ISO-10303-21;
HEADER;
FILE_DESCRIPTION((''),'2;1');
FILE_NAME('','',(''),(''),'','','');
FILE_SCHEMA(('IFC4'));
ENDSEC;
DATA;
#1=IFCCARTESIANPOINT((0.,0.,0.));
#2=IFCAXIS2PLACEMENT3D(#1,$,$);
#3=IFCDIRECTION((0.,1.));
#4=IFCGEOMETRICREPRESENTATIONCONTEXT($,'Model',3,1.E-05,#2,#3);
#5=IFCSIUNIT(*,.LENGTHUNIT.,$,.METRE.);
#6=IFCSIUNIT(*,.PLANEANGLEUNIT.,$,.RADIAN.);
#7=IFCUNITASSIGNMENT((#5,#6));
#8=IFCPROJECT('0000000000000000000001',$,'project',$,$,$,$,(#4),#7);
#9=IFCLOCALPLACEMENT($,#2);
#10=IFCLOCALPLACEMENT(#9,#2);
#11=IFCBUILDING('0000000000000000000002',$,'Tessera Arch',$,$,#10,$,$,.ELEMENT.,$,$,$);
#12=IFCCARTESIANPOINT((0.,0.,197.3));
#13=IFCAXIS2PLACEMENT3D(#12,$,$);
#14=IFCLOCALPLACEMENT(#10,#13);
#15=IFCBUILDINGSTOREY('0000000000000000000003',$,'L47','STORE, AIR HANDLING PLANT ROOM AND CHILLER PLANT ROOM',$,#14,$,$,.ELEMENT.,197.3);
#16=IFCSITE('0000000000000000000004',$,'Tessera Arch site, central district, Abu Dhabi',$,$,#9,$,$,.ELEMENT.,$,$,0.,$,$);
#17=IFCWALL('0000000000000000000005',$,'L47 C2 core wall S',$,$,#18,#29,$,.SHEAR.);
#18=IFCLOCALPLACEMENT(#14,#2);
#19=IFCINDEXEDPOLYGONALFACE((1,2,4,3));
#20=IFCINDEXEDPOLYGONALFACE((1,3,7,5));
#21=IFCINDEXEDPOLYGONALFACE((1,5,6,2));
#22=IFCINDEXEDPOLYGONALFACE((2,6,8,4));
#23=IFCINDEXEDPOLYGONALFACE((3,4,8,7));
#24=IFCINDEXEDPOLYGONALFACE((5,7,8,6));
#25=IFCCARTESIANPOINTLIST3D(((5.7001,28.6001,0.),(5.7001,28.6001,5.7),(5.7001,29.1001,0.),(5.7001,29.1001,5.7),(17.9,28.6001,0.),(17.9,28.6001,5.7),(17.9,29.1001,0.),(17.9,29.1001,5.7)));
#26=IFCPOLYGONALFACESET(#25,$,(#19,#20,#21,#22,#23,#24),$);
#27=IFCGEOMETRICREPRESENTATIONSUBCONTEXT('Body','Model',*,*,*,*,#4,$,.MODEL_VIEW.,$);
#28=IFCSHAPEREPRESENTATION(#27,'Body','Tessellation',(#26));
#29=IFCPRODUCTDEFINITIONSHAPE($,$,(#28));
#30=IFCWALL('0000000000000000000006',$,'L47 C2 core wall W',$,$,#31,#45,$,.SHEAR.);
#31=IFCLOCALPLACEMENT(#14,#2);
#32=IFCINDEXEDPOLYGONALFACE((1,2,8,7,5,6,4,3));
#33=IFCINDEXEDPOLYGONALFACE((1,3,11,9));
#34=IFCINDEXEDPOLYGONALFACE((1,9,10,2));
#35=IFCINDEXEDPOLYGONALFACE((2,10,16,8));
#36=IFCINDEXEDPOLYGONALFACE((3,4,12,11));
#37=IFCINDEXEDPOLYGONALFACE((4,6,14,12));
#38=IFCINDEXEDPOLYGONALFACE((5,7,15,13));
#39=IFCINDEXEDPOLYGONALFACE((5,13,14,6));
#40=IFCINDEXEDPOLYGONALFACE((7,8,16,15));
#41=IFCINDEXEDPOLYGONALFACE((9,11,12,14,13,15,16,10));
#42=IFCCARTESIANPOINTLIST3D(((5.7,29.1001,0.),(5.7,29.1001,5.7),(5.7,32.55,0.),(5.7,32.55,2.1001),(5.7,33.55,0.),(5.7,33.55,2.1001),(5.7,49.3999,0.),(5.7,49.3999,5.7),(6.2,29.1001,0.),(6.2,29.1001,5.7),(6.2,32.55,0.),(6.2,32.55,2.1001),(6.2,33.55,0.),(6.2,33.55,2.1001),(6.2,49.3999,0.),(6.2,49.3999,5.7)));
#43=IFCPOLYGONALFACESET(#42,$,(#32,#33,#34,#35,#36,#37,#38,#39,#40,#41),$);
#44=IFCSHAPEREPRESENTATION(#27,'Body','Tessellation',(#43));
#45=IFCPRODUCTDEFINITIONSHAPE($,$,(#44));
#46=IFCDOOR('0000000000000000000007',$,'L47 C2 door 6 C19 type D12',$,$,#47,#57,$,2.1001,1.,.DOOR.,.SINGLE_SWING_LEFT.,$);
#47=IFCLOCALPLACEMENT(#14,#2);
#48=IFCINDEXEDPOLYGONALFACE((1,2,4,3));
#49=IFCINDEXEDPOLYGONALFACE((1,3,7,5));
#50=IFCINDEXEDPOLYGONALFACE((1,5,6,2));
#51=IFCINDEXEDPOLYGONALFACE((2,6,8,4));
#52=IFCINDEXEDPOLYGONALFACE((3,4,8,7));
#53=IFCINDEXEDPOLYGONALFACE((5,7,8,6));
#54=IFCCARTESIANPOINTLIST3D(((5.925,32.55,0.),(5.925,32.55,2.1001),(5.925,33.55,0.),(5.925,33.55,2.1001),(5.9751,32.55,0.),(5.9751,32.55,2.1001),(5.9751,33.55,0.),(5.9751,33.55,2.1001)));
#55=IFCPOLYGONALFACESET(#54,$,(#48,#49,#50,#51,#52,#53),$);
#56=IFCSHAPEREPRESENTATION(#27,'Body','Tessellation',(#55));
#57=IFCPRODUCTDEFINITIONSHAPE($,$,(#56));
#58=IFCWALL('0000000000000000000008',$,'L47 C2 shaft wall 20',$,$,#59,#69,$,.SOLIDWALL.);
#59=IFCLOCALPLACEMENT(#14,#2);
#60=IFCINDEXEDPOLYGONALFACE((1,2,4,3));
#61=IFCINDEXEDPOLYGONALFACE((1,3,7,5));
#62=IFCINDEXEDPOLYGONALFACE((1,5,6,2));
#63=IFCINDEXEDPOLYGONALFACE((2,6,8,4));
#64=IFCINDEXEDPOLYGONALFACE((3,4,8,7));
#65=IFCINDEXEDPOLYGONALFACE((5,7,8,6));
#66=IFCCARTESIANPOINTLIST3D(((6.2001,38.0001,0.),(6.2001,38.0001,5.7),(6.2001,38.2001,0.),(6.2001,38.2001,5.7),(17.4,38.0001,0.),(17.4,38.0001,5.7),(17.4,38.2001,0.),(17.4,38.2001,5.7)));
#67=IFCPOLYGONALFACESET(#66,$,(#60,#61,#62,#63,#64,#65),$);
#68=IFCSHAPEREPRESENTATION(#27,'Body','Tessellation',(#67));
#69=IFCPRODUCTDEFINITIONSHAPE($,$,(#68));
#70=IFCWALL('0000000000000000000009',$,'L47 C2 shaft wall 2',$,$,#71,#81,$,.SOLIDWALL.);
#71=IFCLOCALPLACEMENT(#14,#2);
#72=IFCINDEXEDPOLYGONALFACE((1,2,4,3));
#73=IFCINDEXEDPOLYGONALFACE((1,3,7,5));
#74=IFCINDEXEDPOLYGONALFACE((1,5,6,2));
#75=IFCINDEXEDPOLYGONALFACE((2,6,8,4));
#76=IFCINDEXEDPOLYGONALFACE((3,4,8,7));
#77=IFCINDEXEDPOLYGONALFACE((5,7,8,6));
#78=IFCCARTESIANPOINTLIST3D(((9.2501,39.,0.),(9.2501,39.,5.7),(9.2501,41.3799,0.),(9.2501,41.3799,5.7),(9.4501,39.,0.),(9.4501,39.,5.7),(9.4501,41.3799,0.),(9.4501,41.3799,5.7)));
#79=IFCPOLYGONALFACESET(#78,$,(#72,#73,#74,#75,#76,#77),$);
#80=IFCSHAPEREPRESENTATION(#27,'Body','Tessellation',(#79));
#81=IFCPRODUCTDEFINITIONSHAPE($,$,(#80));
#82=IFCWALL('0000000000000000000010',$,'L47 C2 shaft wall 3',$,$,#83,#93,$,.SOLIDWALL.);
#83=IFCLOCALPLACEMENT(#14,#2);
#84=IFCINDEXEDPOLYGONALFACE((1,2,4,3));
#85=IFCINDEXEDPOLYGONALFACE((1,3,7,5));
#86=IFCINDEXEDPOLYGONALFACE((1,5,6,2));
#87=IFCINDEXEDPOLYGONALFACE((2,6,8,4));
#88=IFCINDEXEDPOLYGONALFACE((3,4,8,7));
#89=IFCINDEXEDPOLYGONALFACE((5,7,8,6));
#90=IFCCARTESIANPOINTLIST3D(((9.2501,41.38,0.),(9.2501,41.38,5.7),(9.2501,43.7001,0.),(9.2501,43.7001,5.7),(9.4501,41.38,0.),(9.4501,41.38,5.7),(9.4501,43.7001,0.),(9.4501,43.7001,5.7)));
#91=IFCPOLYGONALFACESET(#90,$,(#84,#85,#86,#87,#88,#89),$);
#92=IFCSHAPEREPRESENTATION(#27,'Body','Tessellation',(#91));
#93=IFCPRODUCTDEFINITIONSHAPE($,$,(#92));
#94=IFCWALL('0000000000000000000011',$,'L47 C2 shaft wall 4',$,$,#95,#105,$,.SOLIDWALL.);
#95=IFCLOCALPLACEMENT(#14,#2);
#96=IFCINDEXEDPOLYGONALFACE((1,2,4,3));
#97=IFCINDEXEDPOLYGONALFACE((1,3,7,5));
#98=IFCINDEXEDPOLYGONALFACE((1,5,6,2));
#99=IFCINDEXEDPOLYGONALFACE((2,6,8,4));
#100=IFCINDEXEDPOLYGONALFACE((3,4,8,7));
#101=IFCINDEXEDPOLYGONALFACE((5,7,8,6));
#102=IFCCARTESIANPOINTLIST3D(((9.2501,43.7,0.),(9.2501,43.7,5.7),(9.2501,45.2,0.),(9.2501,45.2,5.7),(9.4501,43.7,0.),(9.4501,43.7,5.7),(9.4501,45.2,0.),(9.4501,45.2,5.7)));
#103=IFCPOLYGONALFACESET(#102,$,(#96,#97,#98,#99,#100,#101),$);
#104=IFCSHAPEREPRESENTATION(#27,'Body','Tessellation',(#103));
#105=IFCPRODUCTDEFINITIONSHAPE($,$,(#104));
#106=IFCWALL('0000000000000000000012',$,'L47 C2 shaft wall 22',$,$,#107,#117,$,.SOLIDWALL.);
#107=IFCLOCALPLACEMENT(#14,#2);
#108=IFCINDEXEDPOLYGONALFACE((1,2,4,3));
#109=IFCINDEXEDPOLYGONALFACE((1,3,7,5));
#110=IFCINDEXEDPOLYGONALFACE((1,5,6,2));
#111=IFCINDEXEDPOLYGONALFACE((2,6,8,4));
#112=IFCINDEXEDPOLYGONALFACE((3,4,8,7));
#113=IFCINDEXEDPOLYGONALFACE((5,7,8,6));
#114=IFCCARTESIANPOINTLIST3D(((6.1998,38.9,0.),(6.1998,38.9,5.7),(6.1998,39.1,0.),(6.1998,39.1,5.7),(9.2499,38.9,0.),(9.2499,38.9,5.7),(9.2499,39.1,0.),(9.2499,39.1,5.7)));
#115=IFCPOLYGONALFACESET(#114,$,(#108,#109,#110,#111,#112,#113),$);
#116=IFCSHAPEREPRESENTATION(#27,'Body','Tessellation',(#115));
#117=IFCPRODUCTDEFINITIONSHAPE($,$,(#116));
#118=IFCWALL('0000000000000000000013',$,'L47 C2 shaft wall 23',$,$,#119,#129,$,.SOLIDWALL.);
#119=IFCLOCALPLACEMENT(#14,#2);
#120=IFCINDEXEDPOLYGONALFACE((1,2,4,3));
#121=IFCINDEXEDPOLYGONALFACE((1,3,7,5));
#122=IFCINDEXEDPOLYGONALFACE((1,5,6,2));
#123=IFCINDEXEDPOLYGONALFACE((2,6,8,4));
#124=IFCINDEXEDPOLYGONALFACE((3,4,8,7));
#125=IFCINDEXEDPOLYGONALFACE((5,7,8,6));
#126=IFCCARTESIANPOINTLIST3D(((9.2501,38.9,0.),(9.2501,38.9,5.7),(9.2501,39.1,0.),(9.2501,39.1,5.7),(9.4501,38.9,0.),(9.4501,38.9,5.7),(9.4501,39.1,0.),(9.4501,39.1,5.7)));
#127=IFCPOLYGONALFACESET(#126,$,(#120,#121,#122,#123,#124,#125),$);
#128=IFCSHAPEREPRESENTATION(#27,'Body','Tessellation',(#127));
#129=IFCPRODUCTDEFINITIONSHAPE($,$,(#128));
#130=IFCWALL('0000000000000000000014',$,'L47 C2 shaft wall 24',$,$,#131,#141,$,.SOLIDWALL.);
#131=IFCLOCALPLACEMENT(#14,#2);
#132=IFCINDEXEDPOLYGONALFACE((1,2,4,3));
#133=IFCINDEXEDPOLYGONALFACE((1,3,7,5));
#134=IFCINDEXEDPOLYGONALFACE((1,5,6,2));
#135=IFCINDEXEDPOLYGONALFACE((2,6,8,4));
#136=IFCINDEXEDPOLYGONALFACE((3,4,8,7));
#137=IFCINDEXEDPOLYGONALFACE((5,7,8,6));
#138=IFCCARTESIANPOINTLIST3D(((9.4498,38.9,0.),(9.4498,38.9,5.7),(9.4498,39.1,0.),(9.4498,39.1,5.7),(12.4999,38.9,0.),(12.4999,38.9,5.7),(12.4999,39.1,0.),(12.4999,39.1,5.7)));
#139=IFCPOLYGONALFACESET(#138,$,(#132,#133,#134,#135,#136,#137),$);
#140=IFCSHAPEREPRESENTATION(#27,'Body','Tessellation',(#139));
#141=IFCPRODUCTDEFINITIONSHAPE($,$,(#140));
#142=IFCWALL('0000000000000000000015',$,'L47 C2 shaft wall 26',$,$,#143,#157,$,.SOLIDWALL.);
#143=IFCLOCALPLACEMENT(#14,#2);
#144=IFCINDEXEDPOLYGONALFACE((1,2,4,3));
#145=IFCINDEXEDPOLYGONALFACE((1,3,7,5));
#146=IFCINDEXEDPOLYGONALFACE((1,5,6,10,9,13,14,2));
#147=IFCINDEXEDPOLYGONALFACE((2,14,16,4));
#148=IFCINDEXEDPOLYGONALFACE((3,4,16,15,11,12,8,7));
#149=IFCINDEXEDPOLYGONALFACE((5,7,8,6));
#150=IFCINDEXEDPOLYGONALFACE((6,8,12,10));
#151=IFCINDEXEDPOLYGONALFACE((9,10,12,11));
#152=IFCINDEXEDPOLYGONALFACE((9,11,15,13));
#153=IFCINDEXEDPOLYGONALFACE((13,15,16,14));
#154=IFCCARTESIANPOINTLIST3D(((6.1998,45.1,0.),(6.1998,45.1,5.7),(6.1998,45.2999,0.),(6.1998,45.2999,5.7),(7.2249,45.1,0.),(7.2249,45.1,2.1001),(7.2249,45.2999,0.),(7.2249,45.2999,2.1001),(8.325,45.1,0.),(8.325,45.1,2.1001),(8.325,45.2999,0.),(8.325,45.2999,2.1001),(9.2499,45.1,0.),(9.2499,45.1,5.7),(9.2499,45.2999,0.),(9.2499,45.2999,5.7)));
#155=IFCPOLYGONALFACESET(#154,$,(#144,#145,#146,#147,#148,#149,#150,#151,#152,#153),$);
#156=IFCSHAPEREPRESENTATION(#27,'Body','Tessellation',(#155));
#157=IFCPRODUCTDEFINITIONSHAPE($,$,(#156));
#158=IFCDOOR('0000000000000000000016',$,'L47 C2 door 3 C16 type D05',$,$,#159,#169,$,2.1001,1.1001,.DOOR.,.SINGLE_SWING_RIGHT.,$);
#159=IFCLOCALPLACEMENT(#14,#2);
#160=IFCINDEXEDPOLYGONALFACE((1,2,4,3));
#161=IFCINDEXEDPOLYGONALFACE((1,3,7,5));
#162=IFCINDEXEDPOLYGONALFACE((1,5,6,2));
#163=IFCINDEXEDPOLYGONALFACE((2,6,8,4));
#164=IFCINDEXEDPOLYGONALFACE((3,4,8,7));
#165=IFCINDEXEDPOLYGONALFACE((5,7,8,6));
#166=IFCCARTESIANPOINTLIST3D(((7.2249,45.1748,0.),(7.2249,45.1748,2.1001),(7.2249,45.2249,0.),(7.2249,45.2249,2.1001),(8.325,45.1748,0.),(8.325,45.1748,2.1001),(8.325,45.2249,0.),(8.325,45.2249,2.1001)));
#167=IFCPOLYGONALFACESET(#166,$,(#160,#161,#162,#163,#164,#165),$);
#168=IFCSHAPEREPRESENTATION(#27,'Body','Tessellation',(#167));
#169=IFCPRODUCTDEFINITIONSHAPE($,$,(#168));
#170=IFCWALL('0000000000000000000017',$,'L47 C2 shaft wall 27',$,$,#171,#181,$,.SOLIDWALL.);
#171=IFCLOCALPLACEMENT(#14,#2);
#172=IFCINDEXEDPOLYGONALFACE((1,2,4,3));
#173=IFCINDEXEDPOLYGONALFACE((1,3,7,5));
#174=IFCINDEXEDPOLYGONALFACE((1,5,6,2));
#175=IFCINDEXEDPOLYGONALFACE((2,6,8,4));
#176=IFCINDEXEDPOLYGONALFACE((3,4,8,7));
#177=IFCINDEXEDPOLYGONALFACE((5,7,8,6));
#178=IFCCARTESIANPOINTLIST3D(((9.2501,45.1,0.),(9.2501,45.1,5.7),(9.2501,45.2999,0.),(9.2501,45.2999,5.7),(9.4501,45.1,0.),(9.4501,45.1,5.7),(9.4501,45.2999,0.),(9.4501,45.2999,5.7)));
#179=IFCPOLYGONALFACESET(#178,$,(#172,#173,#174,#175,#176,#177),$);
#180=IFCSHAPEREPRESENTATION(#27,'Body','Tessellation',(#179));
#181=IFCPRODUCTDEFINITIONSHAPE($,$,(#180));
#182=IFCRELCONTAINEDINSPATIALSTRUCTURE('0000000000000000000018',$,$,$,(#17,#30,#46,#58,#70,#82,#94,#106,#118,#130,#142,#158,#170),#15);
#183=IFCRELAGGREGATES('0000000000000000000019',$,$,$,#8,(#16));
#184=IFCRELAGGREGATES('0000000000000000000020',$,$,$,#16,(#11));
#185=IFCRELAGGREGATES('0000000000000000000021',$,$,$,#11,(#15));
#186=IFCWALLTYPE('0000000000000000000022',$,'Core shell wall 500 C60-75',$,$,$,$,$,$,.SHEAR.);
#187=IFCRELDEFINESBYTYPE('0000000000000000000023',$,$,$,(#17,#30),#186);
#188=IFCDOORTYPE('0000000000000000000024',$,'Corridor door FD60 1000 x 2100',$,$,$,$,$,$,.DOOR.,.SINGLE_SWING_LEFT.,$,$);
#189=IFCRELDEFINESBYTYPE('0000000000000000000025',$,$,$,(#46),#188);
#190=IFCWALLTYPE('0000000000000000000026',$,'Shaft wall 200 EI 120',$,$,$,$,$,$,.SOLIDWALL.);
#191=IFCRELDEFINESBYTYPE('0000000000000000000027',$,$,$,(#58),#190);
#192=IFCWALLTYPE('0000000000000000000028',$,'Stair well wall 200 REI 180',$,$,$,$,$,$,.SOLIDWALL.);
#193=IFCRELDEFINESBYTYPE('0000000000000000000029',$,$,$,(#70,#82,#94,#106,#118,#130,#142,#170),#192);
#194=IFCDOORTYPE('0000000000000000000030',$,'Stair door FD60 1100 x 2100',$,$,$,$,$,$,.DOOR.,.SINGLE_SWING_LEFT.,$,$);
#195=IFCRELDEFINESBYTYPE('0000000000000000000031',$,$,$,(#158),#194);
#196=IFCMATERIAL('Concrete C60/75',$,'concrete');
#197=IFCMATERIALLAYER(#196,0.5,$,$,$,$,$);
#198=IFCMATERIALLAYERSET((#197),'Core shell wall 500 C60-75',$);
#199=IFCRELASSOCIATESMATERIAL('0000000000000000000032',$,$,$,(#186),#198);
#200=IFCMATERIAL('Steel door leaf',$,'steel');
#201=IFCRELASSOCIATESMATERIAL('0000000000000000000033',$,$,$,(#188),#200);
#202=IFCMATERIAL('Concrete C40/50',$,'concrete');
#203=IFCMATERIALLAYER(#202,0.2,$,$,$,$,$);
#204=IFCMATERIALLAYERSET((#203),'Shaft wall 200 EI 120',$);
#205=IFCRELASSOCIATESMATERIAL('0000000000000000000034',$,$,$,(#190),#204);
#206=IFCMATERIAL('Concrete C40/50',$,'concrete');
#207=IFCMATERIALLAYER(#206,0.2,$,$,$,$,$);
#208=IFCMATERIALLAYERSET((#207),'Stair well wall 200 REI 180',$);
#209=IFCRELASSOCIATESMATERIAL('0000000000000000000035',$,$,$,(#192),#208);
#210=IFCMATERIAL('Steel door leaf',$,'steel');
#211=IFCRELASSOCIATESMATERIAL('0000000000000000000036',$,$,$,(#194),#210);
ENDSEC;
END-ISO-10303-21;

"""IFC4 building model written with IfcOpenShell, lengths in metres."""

from ifc_helpers import new_model, si_unit, direction, frame, frame_2d, origin, place, context, subcontext, project, spatial, rectangle, extrude, material, layer, layer_set, type_object, element, fill, save


model = new_model("IFC4")

# Units and contexts
model_context = context("Model", 3, precision=1e-05, world=origin(), true_north=direction((0.0, 1.0)))
body_context = subcontext(model_context, "Body", "Model", "MODEL_VIEW")
ifc_project = project(units=[si_unit("LENGTHUNIT", "METRE"), si_unit("PLANEANGLEUNIT", "RADIAN")], contexts=[model_context])

# Site, building, storey
site_placement = place(None, origin())
site = spatial("IfcSite", under=ifc_project, at=site_placement, Name="Tessera Arch site, central district, Abu Dhabi", CompositionType="ELEMENT", RefElevation=0.0)
building_placement = place(site_placement, origin())
building = spatial("IfcBuilding", under=site, at=building_placement, Name="Tessera Arch", CompositionType="ELEMENT")
storey_placement = place(building_placement, frame((0.0, 0.0, 197.3)))
storey = spatial("IfcBuildingStorey", under=building, at=storey_placement, Name="L47", Description="STORE, AIR HANDLING PLANT ROOM AND CHILLER PLANT ROOM", CompositionType="ELEMENT", Elevation=197.3)

# Wall
ifc_material_1 = material(Name="Concrete C60/75", Category="concrete")
ifc_layer_1 = layer(ifc_material_1, 0.5)
ifc_layer_set_1 = layer_set([ifc_layer_1], Name="Core shell wall 500 C60-75")
wall_type_1 = type_object("IfcWallType", Name="Core shell wall 500 C60-75", PredefinedType="SHEAR", material=ifc_layer_set_1)
wall_1_placement = place(storey_placement, frame((5.7, 28.8501, 0.0), z_axis=(0.0, 0.0, 1.0), x_axis=(1.0, 0.0, 0.0)))
element("IfcWall", 1, at=wall_1_placement, inside=storey, type_object=wall_type_1, Name="L47 C2 core wall S", PredefinedType="SHEAR", context=body_context, shape_type="SweptSolid", body=[
    extrude(rectangle(XDim=12.2, YDim=0.5, at=frame_2d((6.1001, 0.0))), origin(), (0.0, 0.0, 1.0), 5.7),
])

# Wall, opening, door
wall_2_placement = place(storey_placement, frame((5.95, 29.1001, 0.0), z_axis=(0.0, 0.0, 1.0), x_axis=(0.0, 1.0, 0.0)))
wall_2 = element("IfcWall", 2, at=wall_2_placement, inside=storey, type_object=wall_type_1, Name="L47 C2 core wall W", PredefinedType="SHEAR", context=body_context, shape_type="SweptSolid", body=[
    extrude(rectangle(XDim=20.2998, YDim=0.5, at=frame_2d((10.1499, 0.0))), origin(), (0.0, 0.0, 1.0), 5.7),
])
opening_1_placement = place(wall_2_placement, frame((3.45, 0.0, 0.0)))
opening_1 = element("IfcOpeningElement", 3, at=opening_1_placement, cuts=wall_2, PredefinedType="OPENING", context=body_context, shape_type="SweptSolid", body=[
    extrude(rectangle(XDim=1.0, YDim=2.1001, at=frame_2d((0.5, 1.05))), frame((0.0, 0.26, 0.0), z_axis=(0.0, -1.0, 0.0), x_axis=(1.0, 0.0, 0.0)), (0.0, 0.0, 1.0), 0.52),
])
ifc_material_2 = material(Name="Steel door leaf", Category="steel")
door_type_1 = type_object("IfcDoorType", Name="Corridor door FD60 1000 x 2100", OperationType="SINGLE_SWING_LEFT", PredefinedType="DOOR", material=ifc_material_2)
door_1_placement = place(opening_1_placement, origin())
door_1 = element("IfcDoor", 4, at=door_1_placement, inside=storey, type_object=door_type_1, Name="L47 C2 door 6 C19 type D12", OperationType="SINGLE_SWING_LEFT", OverallHeight=2.1001, OverallWidth=1.0, PredefinedType="DOOR", context=body_context, shape_type="SweptSolid", body=[
    extrude(rectangle(XDim=1.0, YDim=2.1001, at=frame_2d((0.5, 1.05))), frame((0.0, 0.0249, 0.0), z_axis=(0.0, -1.0, 0.0), x_axis=(1.0, 0.0, 0.0)), (0.0, 0.0, 1.0), 0.05),
])
fill(opening_1, door_1)

# Walls
ifc_material_3 = material(Name="Concrete C40/50", Category="concrete")
ifc_layer_2 = layer(ifc_material_3, 0.2)
ifc_layer_set_2 = layer_set([ifc_layer_2], Name="Shaft wall 200 EI 120")
wall_type_2 = type_object("IfcWallType", Name="Shaft wall 200 EI 120", PredefinedType="SOLIDWALL", material=ifc_layer_set_2)
wall_3_placement = place(storey_placement, frame((6.2, 38.1001, 0.0), z_axis=(0.0, 0.0, 1.0), x_axis=(1.0, 0.0, 0.0)))
element("IfcWall", 5, at=wall_3_placement, inside=storey, type_object=wall_type_2, Name="L47 C2 shaft wall 20", PredefinedType="SOLIDWALL", context=body_context, shape_type="SweptSolid", body=[
    extrude(rectangle(XDim=11.2, YDim=0.2, at=frame_2d((5.6001, 0.0))), origin(), (0.0, 0.0, 1.0), 5.7),
])
ifc_material_4 = material(Name="Concrete C40/50", Category="concrete")
ifc_layer_3 = layer(ifc_material_4, 0.2)
ifc_layer_set_3 = layer_set([ifc_layer_3], Name="Stair well wall 200 REI 180")
wall_type_3 = type_object("IfcWallType", Name="Stair well wall 200 REI 180", PredefinedType="SOLIDWALL", material=ifc_layer_set_3)
wall_4_placement = place(storey_placement, frame((9.3501, 39.0, 0.0), z_axis=(0.0, 0.0, 1.0), x_axis=(0.0, 1.0, 0.0)))
element("IfcWall", 6, at=wall_4_placement, inside=storey, type_object=wall_type_3, Name="L47 C2 shaft wall 2", PredefinedType="SOLIDWALL", context=body_context, shape_type="SweptSolid", body=[
    extrude(rectangle(XDim=2.3799, YDim=0.2, at=frame_2d((1.1899, 0.0))), origin(), (0.0, 0.0, 1.0), 5.7),
])
wall_5_placement = place(storey_placement, frame((9.3501, 41.3799, 0.0), z_axis=(0.0, 0.0, 1.0), x_axis=(0.0, 1.0, 0.0)))
element("IfcWall", 7, at=wall_5_placement, inside=storey, type_object=wall_type_3, Name="L47 C2 shaft wall 3", PredefinedType="SOLIDWALL", context=body_context, shape_type="SweptSolid", body=[
    extrude(rectangle(XDim=2.3201, YDim=0.2, at=frame_2d((1.1602, 0.0))), origin(), (0.0, 0.0, 1.0), 5.7),
])
wall_6_placement = place(storey_placement, frame((9.3501, 43.7, 0.0), z_axis=(0.0, 0.0, 1.0), x_axis=(0.0, 1.0, 0.0)))
element("IfcWall", 8, at=wall_6_placement, inside=storey, type_object=wall_type_3, Name="L47 C2 shaft wall 4", PredefinedType="SOLIDWALL", context=body_context, shape_type="SweptSolid", body=[
    extrude(rectangle(XDim=1.5, YDim=0.2, at=frame_2d((0.75, 0.0))), origin(), (0.0, 0.0, 1.0), 5.7),
])
wall_7_placement = place(storey_placement, frame((6.2, 39.0, 0.0), z_axis=(0.0, 0.0, 1.0), x_axis=(1.0, 0.0, 0.0)))
element("IfcWall", 9, at=wall_7_placement, inside=storey, type_object=wall_type_3, Name="L47 C2 shaft wall 22", PredefinedType="SOLIDWALL", context=body_context, shape_type="SweptSolid", body=[
    extrude(rectangle(XDim=3.05, YDim=0.2, at=frame_2d((1.5249, 0.0))), origin(), (0.0, 0.0, 1.0), 5.7),
])
wall_8_placement = place(storey_placement, frame((9.25, 39.0, 0.0), z_axis=(0.0, 0.0, 1.0), x_axis=(1.0, 0.0, 0.0)))
element("IfcWall", 10, at=wall_8_placement, inside=storey, type_object=wall_type_3, Name="L47 C2 shaft wall 23", PredefinedType="SOLIDWALL", context=body_context, shape_type="SweptSolid", body=[
    extrude(rectangle(XDim=0.2, YDim=0.2, at=frame_2d((0.1001, 0.0))), origin(), (0.0, 0.0, 1.0), 5.7),
])
wall_9_placement = place(storey_placement, frame((9.45, 39.0, 0.0), z_axis=(0.0, 0.0, 1.0), x_axis=(1.0, 0.0, 0.0)))
element("IfcWall", 11, at=wall_9_placement, inside=storey, type_object=wall_type_3, Name="L47 C2 shaft wall 24", PredefinedType="SOLIDWALL", context=body_context, shape_type="SweptSolid", body=[
    extrude(rectangle(XDim=3.05, YDim=0.2, at=frame_2d((1.5249, 0.0))), origin(), (0.0, 0.0, 1.0), 5.7),
])

# Wall, opening, door
wall_10_placement = place(storey_placement, frame((6.2, 45.2, 0.0), z_axis=(0.0, 0.0, 1.0), x_axis=(1.0, 0.0, 0.0)))
wall_10 = element("IfcWall", 12, at=wall_10_placement, inside=storey, type_object=wall_type_3, Name="L47 C2 shaft wall 26", PredefinedType="SOLIDWALL", context=body_context, shape_type="SweptSolid", body=[
    extrude(rectangle(XDim=3.05, YDim=0.2, at=frame_2d((1.5249, 0.0))), origin(), (0.0, 0.0, 1.0), 5.7),
])
opening_2_placement = place(wall_10_placement, frame((1.0249, 0.0, 0.0)))
opening_2 = element("IfcOpeningElement", 13, at=opening_2_placement, cuts=wall_10, PredefinedType="OPENING", context=body_context, shape_type="SweptSolid", body=[
    extrude(rectangle(XDim=1.1001, YDim=2.1001, at=frame_2d((0.55, 1.05))), frame((0.0, 0.1099, 0.0), z_axis=(0.0, -1.0, 0.0), x_axis=(1.0, 0.0, 0.0)), (0.0, 0.0, 1.0), 0.22),
])
ifc_material_5 = material(Name="Steel door leaf", Category="steel")
door_type_2 = type_object("IfcDoorType", Name="Stair door FD60 1100 x 2100", OperationType="SINGLE_SWING_LEFT", PredefinedType="DOOR", material=ifc_material_5)
door_2_placement = place(opening_2_placement, origin())
door_2 = element("IfcDoor", 14, at=door_2_placement, inside=storey, type_object=door_type_2, Name="L47 C2 door 3 C16 type D05", OperationType="SINGLE_SWING_RIGHT", OverallHeight=2.1001, OverallWidth=1.1001, PredefinedType="DOOR", context=body_context, shape_type="SweptSolid", body=[
    extrude(rectangle(XDim=1.1001, YDim=2.1001, at=frame_2d((0.55, 1.05))), frame((0.0, 0.0249, 0.0), z_axis=(0.0, -1.0, 0.0), x_axis=(1.0, 0.0, 0.0)), (0.0, 0.0, 1.0), 0.05),
])
fill(opening_2, door_2)

# Wall
wall_11_placement = place(storey_placement, frame((9.25, 45.2, 0.0), z_axis=(0.0, 0.0, 1.0), x_axis=(1.0, 0.0, 0.0)))
element("IfcWall", 15, at=wall_11_placement, inside=storey, type_object=wall_type_3, Name="L47 C2 shaft wall 27", PredefinedType="SOLIDWALL", context=body_context, shape_type="SweptSolid", body=[
    extrude(rectangle(XDim=0.2, YDim=0.2, at=frame_2d((0.1001, 0.0))), origin(), (0.0, 0.0, 1.0), 5.7),
])

save(model, "model.ifc")
